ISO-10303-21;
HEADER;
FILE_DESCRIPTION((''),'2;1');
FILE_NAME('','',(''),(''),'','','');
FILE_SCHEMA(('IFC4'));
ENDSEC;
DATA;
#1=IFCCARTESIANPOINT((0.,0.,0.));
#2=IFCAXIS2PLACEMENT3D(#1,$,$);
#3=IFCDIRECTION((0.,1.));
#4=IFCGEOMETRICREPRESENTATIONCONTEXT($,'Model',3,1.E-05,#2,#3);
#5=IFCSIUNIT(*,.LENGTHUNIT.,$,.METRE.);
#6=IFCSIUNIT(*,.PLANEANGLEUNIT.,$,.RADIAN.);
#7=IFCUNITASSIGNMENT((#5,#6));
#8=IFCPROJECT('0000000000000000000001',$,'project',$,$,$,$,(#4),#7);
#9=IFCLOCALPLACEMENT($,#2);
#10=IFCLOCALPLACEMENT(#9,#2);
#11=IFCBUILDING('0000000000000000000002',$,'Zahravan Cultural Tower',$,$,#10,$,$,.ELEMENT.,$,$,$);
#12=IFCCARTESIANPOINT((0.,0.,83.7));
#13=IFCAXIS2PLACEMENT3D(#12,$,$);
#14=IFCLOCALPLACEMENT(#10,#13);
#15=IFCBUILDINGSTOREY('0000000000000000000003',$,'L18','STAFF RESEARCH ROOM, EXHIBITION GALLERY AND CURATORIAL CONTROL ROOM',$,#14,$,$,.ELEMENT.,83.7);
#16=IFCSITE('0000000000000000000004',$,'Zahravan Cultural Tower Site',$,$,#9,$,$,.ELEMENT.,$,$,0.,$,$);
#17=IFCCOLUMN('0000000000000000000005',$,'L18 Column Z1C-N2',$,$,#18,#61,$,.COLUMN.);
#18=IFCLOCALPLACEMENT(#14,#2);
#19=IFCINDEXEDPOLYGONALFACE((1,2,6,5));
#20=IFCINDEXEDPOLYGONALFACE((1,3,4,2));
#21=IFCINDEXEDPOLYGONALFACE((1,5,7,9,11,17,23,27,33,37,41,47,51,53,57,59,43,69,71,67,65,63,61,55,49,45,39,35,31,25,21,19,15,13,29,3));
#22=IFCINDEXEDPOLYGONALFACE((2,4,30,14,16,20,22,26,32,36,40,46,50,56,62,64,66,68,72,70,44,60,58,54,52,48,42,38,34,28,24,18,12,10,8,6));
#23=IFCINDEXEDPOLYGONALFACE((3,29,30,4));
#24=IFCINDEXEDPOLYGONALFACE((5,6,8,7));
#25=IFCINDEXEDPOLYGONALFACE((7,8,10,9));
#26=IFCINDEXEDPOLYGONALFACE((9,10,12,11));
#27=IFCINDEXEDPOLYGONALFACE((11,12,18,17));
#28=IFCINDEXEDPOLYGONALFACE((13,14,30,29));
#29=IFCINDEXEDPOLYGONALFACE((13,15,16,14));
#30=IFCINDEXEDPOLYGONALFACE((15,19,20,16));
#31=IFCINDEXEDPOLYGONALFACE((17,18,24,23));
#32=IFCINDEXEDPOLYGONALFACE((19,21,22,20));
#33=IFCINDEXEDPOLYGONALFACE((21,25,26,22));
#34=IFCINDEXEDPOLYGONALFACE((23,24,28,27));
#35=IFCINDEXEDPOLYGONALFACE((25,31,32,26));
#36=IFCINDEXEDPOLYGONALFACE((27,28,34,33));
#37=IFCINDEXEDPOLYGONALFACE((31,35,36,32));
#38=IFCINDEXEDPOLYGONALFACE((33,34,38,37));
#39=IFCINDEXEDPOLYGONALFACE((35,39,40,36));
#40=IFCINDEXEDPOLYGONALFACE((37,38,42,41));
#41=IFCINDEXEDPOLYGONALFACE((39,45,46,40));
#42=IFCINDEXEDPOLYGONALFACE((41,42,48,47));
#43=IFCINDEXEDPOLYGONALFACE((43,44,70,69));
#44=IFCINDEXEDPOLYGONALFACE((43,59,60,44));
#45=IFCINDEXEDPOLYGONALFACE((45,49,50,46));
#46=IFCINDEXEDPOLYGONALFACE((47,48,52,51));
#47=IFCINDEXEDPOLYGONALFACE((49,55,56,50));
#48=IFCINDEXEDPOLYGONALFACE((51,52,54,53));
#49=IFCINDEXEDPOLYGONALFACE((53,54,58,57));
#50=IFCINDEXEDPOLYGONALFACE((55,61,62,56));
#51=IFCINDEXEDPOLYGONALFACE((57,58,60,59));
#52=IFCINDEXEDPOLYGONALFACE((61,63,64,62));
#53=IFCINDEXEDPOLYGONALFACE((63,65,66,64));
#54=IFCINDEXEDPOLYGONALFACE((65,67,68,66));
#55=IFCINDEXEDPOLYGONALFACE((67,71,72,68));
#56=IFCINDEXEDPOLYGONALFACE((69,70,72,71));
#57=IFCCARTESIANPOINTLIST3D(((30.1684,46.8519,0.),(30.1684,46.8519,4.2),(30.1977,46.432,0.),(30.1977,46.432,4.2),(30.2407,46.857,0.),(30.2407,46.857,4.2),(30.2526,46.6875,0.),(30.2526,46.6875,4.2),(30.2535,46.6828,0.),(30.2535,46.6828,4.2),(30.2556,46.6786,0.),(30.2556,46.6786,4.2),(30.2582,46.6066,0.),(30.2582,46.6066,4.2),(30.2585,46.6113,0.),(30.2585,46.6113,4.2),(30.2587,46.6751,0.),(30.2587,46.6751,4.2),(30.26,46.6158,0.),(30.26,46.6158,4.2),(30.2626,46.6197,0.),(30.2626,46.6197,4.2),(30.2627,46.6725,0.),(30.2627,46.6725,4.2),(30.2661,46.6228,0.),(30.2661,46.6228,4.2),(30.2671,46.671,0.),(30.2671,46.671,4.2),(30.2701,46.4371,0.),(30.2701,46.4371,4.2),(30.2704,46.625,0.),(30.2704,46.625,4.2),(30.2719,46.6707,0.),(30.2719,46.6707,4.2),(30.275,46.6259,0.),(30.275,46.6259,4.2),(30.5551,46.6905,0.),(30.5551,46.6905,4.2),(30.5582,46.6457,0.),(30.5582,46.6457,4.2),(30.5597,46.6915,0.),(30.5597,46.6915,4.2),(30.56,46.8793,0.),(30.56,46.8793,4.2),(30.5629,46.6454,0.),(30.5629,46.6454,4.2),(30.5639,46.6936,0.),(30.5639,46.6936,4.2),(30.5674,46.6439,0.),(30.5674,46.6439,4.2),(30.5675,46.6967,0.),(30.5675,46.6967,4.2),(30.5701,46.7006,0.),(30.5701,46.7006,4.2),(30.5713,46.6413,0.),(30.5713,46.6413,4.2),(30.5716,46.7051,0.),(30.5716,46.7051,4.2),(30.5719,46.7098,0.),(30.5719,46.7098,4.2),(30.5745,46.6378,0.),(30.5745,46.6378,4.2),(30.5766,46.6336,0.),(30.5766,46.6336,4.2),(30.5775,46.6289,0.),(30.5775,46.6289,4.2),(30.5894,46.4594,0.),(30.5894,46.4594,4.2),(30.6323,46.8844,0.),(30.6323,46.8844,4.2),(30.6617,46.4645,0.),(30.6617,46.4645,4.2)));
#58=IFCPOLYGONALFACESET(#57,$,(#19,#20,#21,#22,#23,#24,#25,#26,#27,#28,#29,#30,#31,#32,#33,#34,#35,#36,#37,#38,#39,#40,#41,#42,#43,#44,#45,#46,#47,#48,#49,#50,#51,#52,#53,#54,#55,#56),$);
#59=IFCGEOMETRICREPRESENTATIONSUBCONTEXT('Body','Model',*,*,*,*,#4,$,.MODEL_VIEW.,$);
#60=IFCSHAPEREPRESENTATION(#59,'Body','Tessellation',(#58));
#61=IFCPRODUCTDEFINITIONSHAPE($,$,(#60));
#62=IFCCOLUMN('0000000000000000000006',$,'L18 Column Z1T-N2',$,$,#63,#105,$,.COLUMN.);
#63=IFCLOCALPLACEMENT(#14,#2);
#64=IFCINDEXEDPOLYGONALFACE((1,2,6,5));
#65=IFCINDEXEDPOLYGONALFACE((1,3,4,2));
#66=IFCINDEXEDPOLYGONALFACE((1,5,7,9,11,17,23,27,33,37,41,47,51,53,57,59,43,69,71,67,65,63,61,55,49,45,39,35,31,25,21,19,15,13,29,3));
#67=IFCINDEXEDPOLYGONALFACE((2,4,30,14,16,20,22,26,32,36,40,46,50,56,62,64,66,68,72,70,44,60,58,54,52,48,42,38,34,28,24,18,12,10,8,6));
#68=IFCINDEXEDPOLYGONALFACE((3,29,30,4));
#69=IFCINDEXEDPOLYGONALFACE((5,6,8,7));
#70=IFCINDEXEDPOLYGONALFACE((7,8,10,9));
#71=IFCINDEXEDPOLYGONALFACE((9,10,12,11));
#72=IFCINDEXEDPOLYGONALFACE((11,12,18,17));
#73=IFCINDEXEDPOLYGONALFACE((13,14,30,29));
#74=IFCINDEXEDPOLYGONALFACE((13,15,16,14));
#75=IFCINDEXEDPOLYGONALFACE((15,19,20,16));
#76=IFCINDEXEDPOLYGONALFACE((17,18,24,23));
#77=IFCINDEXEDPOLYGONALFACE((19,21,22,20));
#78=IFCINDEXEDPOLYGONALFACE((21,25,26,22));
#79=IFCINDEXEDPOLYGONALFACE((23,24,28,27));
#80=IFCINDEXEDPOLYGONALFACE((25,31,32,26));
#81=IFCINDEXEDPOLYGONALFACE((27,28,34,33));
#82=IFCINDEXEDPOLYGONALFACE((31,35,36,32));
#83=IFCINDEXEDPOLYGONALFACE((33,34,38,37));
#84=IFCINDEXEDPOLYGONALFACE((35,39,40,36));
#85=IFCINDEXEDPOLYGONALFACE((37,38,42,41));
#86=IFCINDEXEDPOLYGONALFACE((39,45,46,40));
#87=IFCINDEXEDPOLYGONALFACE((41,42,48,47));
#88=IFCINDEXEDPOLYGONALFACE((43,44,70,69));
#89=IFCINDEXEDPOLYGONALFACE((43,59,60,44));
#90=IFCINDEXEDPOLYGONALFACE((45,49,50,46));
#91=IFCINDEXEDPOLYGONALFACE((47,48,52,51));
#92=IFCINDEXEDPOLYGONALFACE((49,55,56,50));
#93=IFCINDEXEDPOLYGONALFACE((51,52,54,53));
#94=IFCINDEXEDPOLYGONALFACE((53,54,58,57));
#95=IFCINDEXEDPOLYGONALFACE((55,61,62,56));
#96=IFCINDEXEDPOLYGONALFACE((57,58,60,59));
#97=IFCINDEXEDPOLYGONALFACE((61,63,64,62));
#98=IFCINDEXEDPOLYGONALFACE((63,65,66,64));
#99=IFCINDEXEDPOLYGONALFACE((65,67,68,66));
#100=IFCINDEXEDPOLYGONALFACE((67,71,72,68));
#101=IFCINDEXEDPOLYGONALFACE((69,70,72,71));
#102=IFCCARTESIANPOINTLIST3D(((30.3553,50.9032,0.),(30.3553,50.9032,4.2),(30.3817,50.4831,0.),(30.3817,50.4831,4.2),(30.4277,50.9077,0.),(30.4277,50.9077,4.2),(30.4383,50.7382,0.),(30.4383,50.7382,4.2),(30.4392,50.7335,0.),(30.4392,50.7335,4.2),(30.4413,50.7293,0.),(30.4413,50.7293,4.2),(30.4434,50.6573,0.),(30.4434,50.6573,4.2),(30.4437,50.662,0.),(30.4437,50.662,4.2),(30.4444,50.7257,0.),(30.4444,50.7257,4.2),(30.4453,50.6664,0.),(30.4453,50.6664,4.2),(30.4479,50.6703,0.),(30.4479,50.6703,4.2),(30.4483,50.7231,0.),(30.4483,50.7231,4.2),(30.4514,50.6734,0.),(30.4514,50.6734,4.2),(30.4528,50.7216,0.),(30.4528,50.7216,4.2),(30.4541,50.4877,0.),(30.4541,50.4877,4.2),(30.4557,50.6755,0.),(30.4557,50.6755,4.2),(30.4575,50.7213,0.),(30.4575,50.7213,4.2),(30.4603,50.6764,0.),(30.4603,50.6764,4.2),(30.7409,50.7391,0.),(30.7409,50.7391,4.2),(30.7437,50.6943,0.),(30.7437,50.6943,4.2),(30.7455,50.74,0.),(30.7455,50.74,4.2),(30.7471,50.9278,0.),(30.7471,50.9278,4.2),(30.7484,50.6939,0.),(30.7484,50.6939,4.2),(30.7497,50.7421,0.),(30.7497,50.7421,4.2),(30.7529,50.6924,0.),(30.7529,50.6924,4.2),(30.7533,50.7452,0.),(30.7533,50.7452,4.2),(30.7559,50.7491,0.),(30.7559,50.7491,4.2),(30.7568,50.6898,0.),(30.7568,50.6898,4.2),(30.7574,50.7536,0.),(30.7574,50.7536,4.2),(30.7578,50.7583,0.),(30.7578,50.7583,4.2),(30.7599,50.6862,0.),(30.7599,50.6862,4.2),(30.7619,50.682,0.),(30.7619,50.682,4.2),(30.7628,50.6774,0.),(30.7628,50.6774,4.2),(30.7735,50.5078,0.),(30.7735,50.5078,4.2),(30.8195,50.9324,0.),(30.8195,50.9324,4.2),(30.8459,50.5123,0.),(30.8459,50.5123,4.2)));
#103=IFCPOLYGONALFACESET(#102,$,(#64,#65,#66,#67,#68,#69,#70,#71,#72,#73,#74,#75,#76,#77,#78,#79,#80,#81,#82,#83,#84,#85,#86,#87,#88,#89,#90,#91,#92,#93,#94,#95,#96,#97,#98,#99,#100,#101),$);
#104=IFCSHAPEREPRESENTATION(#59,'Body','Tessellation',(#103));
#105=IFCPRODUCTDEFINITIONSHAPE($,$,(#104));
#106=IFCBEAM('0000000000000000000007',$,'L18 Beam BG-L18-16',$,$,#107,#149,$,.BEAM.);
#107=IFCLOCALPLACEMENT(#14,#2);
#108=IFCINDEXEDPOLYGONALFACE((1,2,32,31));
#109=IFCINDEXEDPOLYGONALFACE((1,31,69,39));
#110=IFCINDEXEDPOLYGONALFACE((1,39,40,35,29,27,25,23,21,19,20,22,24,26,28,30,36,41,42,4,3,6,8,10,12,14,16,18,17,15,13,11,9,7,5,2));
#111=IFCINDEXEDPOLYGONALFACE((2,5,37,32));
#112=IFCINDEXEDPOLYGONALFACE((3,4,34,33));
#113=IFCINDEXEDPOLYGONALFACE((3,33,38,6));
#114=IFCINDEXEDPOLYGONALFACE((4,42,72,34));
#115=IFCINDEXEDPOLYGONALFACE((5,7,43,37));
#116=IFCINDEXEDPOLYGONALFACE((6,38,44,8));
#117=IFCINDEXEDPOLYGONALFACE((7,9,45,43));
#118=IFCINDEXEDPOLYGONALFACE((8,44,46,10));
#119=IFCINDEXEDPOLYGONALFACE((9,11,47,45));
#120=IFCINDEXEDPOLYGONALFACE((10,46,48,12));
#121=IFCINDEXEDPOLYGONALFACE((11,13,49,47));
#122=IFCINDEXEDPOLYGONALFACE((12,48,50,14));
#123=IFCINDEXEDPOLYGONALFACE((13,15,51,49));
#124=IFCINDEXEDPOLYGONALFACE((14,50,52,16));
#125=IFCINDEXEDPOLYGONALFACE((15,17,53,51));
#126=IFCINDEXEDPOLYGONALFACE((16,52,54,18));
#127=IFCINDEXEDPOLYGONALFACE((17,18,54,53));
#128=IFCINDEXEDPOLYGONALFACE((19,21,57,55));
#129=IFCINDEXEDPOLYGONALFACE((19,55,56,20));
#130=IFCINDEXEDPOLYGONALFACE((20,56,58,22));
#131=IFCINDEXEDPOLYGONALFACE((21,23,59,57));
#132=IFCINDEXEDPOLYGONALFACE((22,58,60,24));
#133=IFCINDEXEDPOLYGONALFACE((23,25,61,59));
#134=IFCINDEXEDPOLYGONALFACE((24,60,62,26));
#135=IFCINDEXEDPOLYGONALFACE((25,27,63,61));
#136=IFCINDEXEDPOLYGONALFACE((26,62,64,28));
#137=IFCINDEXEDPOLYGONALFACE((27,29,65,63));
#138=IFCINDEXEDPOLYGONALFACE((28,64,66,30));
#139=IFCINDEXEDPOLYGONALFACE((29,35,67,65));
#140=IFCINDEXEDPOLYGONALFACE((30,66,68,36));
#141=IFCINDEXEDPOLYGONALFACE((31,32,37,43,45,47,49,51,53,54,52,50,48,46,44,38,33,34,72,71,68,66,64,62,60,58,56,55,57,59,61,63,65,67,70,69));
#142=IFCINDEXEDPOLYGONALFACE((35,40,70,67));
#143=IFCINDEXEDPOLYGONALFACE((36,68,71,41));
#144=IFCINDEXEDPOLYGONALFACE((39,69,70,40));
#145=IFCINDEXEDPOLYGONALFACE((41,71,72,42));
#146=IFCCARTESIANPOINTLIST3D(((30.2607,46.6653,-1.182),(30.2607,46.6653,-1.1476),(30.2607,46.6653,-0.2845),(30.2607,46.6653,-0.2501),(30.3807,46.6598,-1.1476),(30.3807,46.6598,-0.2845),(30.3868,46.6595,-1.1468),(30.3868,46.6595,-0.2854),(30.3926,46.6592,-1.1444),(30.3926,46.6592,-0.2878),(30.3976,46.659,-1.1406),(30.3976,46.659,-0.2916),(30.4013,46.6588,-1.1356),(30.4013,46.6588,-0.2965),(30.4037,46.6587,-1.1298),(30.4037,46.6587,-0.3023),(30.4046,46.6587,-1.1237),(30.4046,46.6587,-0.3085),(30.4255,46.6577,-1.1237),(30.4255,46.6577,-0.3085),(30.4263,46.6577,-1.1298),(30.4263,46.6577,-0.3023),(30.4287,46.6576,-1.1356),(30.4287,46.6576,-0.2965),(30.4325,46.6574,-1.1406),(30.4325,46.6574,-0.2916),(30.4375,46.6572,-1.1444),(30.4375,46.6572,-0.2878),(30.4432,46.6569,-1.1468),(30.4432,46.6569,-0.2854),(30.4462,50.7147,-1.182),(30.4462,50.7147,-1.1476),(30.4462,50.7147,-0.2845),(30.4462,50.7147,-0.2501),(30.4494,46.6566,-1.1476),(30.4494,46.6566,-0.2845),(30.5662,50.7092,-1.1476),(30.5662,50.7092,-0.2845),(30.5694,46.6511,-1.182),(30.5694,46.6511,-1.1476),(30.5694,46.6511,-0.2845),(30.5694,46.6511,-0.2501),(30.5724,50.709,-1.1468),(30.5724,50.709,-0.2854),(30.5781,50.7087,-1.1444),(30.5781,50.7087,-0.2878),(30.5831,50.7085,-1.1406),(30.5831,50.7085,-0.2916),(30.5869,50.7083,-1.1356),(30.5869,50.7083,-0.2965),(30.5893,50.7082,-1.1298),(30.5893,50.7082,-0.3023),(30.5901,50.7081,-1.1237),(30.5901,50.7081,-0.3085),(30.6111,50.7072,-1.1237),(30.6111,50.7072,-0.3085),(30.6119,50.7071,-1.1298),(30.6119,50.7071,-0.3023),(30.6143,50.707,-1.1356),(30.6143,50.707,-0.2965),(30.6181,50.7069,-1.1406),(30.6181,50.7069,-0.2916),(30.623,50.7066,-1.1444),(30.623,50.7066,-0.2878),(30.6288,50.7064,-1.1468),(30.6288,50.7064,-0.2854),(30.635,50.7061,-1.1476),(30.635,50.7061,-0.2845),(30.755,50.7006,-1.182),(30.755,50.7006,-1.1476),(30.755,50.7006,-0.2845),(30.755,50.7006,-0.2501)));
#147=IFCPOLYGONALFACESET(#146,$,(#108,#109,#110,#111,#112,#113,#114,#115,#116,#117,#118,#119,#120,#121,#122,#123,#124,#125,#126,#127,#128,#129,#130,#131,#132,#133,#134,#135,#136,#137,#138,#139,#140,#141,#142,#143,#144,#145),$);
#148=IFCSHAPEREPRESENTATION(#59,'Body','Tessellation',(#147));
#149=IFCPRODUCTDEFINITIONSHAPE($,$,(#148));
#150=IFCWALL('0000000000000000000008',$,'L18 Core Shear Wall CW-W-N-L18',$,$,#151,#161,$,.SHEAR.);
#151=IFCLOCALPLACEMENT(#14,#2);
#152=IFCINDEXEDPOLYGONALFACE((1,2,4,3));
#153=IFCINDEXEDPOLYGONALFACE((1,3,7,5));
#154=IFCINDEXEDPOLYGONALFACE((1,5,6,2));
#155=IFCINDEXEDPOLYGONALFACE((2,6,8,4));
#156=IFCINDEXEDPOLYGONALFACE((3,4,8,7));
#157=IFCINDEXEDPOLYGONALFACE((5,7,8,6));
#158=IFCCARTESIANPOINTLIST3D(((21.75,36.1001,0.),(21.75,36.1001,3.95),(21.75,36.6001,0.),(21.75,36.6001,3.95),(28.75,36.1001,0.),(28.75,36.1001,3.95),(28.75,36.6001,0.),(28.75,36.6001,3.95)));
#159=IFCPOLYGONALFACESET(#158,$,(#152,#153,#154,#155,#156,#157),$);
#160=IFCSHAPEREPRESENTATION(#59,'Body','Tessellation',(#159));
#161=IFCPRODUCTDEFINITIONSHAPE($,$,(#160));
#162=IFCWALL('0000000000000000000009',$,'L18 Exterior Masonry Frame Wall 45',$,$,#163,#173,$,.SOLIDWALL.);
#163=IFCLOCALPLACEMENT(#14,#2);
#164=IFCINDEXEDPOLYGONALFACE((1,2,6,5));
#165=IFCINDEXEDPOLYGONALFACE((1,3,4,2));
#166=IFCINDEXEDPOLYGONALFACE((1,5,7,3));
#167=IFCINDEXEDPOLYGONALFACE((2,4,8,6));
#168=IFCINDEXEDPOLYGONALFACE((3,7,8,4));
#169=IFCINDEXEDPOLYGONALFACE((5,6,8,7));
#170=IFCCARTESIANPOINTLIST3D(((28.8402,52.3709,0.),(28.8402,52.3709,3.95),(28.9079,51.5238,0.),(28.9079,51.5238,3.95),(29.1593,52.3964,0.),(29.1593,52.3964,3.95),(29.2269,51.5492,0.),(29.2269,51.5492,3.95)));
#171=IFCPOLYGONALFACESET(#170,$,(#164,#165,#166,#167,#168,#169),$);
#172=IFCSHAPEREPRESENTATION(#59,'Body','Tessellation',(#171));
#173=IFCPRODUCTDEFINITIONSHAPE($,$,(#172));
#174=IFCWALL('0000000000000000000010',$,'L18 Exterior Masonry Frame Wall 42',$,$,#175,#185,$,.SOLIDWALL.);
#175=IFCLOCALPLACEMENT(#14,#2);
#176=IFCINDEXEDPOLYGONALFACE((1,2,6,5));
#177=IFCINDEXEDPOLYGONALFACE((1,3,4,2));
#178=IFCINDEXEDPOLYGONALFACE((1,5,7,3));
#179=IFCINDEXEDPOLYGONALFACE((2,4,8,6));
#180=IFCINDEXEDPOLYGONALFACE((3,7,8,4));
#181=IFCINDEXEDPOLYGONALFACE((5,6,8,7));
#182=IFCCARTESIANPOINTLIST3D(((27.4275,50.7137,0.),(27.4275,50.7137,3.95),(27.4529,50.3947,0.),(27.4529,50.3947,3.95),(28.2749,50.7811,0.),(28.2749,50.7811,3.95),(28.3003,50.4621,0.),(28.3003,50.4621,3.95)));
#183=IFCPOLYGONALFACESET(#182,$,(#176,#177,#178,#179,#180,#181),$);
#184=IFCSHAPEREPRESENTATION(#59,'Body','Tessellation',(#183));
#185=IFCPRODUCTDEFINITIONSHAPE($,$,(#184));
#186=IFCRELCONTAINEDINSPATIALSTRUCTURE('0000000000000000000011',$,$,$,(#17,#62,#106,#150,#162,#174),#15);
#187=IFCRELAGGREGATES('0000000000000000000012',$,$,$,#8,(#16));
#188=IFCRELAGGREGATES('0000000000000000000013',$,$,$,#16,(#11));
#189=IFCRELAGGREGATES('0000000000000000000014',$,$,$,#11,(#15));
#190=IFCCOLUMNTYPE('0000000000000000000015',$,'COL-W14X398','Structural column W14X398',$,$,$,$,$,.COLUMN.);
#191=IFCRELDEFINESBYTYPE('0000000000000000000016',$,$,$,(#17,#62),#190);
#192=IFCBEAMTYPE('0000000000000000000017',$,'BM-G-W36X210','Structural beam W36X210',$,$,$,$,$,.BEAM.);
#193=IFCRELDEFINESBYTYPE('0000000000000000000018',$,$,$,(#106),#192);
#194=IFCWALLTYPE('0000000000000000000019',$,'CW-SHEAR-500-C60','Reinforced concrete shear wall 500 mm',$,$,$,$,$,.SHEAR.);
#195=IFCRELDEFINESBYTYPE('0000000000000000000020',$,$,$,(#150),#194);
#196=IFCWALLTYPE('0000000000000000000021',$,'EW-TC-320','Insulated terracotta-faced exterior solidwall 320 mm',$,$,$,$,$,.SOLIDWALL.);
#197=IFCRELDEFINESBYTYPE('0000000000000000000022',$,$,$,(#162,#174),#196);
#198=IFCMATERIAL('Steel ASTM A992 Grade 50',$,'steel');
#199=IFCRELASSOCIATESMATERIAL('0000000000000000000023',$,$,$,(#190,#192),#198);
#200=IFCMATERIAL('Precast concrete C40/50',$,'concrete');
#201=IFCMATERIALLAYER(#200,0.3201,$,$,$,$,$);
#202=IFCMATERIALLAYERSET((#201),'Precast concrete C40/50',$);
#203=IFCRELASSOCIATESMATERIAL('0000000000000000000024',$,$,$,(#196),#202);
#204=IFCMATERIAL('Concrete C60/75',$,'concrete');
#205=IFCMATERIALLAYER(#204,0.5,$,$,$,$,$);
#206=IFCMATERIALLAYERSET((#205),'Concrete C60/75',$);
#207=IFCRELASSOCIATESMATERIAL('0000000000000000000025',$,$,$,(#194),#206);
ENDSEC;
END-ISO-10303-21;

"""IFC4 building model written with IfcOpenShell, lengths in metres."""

from ifc_helpers import new_model, si_unit, direction, frame, frame_2d, origin, origin_2d, place, context, subcontext, project, spatial, rectangle, i_section, extrude, source, transform, mapped, material, layer, layer_set, material_profile, profile_set, type_object, element, save


model = new_model("IFC4")

# Units and contexts
model_context = context("Model", 3, precision=1e-05, world=origin(), true_north=direction((0.0, 1.0)))
body_context = subcontext(model_context, "Body", "Model", "MODEL_VIEW")
ifc_project = project(units=[si_unit("LENGTHUNIT", "METRE"), si_unit("PLANEANGLEUNIT", "RADIAN")], contexts=[model_context])

# Site, building, storey
site_placement = place(None, origin())
site = spatial("IfcSite", under=ifc_project, at=site_placement, Name="Zahravan Cultural Tower Site", CompositionType="ELEMENT", RefElevation=0.0)
building_placement = place(site_placement, origin())
building = spatial("IfcBuilding", under=site, at=building_placement, Name="Zahravan Cultural Tower", CompositionType="ELEMENT")
storey_placement = place(building_placement, frame((0.0, 0.0, 83.7)))
storey = spatial("IfcBuildingStorey", under=building, at=storey_placement, Name="L18", Description="STAFF RESEARCH ROOM, EXHIBITION GALLERY AND CURATORIAL CONTROL ROOM", CompositionType="ELEMENT", Elevation=83.7)

# Columns
ifc_material_1 = material(Name="Steel ASTM A992 Grade 50", Category="steel")
ifc_material_profile_1 = material_profile(ifc_material_1, i_section(OverallWidth=0.4209, OverallDepth=0.4651, WebThickness=0.0449, FlangeThickness=0.0725, FilletRadius=0.0181, at=origin_2d()), Name="W14X398")
ifc_profile_set_1 = profile_set([ifc_material_profile_1], Name="Steel ASTM A992 Grade 50")
column_type = type_object("IfcColumnType", Name="COL-W14X398", Description="Structural column W14X398", PredefinedType="COLUMN", material=ifc_profile_set_1)
shared_shape_1 = source(origin(), body_context, "Body", "SweptSolid", [
    extrude(i_section(OverallWidth=0.4209, OverallDepth=0.4651, WebThickness=0.0449, FlangeThickness=0.0725, FilletRadius=0.0181, at=origin_2d()), origin(), (0.0, 0.0, 1.0), 4.2),
])
for number, where, z_axis, x_axis, name in (
    (1, (30.415, 46.6582, 0.0), (0.0, 0.0, 1.0), (-0.069756, 0.997564, 0.0), "L18 Column Z1C-N2"),
    (2, (30.6006, 50.7078, 0.0), (0.0, 0.0, 1.0), (-0.062791, 0.998027, 0.0), "L18 Column Z1T-N2"),
):
    element("IfcColumn", number, at=place(storey_placement, frame(where, z_axis=z_axis, x_axis=x_axis)), inside=storey, type_object=column_type, Name=name, PredefinedType="COLUMN", context=body_context, shape_type="MappedRepresentation", body=[
        mapped(shared_shape_1, transform((0.0, 0.0, 0.0), x_axis=(1.0, 0.0, 0.0), y_axis=(0.0, 1.0, 0.0), z_axis=(0.0, 0.0, 1.0), scale=1.0)),
    ])

# Beam
ifc_material_profile_2 = material_profile(ifc_material_1, i_section(OverallWidth=0.3091, OverallDepth=0.9319, WebThickness=0.021, FlangeThickness=0.0344, FilletRadius=0.0239, at=origin_2d()), Name="W36X210")
ifc_profile_set_2 = profile_set([ifc_material_profile_2], Name="Steel ASTM A992 Grade 50")
beam_type = type_object("IfcBeamType", Name="BM-G-W36X210", Description="Structural beam W36X210", PredefinedType="BEAM", material=ifc_profile_set_2)
shared_shape_2 = source(origin(), body_context, "Body", "SweptSolid", [
    extrude(i_section(OverallWidth=0.3091, OverallDepth=0.9319, WebThickness=0.021, FlangeThickness=0.0344, FilletRadius=0.0239, at=origin_2d()), origin(), (0.0, 0.0, 1.0), 4.0537),
])
beam_placement = place(storey_placement, frame((30.415, 46.6582, -0.7161), z_axis=(0.045771, 0.998952, 0.0), x_axis=(-0.998952, 0.045771, 0.0)))
element("IfcBeam", 3, at=beam_placement, inside=storey, type_object=beam_type, Name="L18 Beam BG-L18-16", PredefinedType="BEAM", context=body_context, shape_type="MappedRepresentation", body=[
    mapped(shared_shape_2, transform((0.0, 0.0, 0.0), x_axis=(1.0, 0.0, 0.0), y_axis=(0.0, 1.0, 0.0), z_axis=(0.0, 0.0, 1.0), scale=1.0)),
])

# Shared definitions
ifc_material_2 = material(Name="Precast concrete C40/50", Category="concrete")
ifc_layer_1 = layer(ifc_material_2, 0.3201)
ifc_layer_set_1 = layer_set([ifc_layer_1], Name="Precast concrete C40/50")
wall_type_1 = type_object("IfcWallType", Name="EW-TC-320", Description="Insulated terracotta-faced exterior solidwall 320 mm", PredefinedType="SOLIDWALL", material=ifc_layer_set_1)

# Walls
ifc_material_3 = material(Name="Concrete C60/75", Category="concrete")
ifc_layer_2 = layer(ifc_material_3, 0.5)
ifc_layer_set_2 = layer_set([ifc_layer_2], Name="Concrete C60/75")
wall_type_2 = type_object("IfcWallType", Name="CW-SHEAR-500-C60", Description="Reinforced concrete shear wall 500 mm", PredefinedType="SHEAR", material=ifc_layer_set_2)
shared_shape_3 = source(origin(), body_context, "Body", "SweptSolid", [
    extrude(rectangle(XDim=7.0, YDim=0.5, at=frame_2d((3.5, 0.0))), origin(), (0.0, 0.0, 1.0), 3.95),
])
wall_1_placement = place(storey_placement, frame((21.75, 36.3501, 0.0), z_axis=(0.0, 0.0, 1.0), x_axis=(1.0, 0.0, 0.0)))
element("IfcWall", 4, at=wall_1_placement, inside=storey, type_object=wall_type_2, Name="L18 Core Shear Wall CW-W-N-L18", PredefinedType="SHEAR", context=body_context, shape_type="MappedRepresentation", body=[
    mapped(shared_shape_3, transform((0.0, 0.0, 0.0), x_axis=(1.0, 0.0, 0.0), y_axis=(0.0, 1.0, 0.0), z_axis=(0.0, 0.0, 1.0), scale=1.0)),
])
shared_shape_4 = source(origin(), body_context, "Body", "SweptSolid", [
    extrude(rectangle(XDim=0.8499, YDim=0.3201, at=frame_2d((0.4248, 0.0))), origin(), (0.0, 0.0, 1.0), 3.95),
])
wall_2_placement = place(storey_placement, frame((29.0674, 51.5366, 0.0), z_axis=(0.0, 0.0, 1.0), x_axis=(-0.079574, 0.996829, 0.0)))
element("IfcWall", 5, at=wall_2_placement, inside=storey, type_object=wall_type_1, Name="L18 Exterior Masonry Frame Wall 45", PredefinedType="SOLIDWALL", context=body_context, shape_type="MappedRepresentation", body=[
    mapped(shared_shape_4, transform((0.0, 0.0, 0.0), x_axis=(1.0, 0.0, 0.0), y_axis=(0.0, 1.0, 0.0), z_axis=(0.0, 0.0, 1.0), scale=1.0)),
])
shared_shape_5 = source(origin(), body_context, "Body", "SweptSolid", [
    extrude(rectangle(XDim=0.8501, YDim=0.3201, at=frame_2d((0.425, 0.0))), origin(), (0.0, 0.0, 1.0), 3.95),
])
for number, where, z_axis, x_axis, name in (
    (6, (27.4402, 50.5542, 0.0), (0.0, 0.0, 1.0), (0.996854, 0.079266, 0.0), "L18 Exterior Masonry Frame Wall 42"),
):
    element("IfcWall", number, at=place(storey_placement, frame(where, z_axis=z_axis, x_axis=x_axis)), inside=storey, type_object=wall_type_1, Name=name, PredefinedType="SOLIDWALL", context=body_context, shape_type="MappedRepresentation", body=[
        mapped(shared_shape_5, transform((0.0, 0.0, 0.0), x_axis=(1.0, 0.0, 0.0), y_axis=(0.0, 1.0, 0.0), z_axis=(0.0, 0.0, 1.0), scale=1.0)),
    ])

save(model, "model.ifc")
